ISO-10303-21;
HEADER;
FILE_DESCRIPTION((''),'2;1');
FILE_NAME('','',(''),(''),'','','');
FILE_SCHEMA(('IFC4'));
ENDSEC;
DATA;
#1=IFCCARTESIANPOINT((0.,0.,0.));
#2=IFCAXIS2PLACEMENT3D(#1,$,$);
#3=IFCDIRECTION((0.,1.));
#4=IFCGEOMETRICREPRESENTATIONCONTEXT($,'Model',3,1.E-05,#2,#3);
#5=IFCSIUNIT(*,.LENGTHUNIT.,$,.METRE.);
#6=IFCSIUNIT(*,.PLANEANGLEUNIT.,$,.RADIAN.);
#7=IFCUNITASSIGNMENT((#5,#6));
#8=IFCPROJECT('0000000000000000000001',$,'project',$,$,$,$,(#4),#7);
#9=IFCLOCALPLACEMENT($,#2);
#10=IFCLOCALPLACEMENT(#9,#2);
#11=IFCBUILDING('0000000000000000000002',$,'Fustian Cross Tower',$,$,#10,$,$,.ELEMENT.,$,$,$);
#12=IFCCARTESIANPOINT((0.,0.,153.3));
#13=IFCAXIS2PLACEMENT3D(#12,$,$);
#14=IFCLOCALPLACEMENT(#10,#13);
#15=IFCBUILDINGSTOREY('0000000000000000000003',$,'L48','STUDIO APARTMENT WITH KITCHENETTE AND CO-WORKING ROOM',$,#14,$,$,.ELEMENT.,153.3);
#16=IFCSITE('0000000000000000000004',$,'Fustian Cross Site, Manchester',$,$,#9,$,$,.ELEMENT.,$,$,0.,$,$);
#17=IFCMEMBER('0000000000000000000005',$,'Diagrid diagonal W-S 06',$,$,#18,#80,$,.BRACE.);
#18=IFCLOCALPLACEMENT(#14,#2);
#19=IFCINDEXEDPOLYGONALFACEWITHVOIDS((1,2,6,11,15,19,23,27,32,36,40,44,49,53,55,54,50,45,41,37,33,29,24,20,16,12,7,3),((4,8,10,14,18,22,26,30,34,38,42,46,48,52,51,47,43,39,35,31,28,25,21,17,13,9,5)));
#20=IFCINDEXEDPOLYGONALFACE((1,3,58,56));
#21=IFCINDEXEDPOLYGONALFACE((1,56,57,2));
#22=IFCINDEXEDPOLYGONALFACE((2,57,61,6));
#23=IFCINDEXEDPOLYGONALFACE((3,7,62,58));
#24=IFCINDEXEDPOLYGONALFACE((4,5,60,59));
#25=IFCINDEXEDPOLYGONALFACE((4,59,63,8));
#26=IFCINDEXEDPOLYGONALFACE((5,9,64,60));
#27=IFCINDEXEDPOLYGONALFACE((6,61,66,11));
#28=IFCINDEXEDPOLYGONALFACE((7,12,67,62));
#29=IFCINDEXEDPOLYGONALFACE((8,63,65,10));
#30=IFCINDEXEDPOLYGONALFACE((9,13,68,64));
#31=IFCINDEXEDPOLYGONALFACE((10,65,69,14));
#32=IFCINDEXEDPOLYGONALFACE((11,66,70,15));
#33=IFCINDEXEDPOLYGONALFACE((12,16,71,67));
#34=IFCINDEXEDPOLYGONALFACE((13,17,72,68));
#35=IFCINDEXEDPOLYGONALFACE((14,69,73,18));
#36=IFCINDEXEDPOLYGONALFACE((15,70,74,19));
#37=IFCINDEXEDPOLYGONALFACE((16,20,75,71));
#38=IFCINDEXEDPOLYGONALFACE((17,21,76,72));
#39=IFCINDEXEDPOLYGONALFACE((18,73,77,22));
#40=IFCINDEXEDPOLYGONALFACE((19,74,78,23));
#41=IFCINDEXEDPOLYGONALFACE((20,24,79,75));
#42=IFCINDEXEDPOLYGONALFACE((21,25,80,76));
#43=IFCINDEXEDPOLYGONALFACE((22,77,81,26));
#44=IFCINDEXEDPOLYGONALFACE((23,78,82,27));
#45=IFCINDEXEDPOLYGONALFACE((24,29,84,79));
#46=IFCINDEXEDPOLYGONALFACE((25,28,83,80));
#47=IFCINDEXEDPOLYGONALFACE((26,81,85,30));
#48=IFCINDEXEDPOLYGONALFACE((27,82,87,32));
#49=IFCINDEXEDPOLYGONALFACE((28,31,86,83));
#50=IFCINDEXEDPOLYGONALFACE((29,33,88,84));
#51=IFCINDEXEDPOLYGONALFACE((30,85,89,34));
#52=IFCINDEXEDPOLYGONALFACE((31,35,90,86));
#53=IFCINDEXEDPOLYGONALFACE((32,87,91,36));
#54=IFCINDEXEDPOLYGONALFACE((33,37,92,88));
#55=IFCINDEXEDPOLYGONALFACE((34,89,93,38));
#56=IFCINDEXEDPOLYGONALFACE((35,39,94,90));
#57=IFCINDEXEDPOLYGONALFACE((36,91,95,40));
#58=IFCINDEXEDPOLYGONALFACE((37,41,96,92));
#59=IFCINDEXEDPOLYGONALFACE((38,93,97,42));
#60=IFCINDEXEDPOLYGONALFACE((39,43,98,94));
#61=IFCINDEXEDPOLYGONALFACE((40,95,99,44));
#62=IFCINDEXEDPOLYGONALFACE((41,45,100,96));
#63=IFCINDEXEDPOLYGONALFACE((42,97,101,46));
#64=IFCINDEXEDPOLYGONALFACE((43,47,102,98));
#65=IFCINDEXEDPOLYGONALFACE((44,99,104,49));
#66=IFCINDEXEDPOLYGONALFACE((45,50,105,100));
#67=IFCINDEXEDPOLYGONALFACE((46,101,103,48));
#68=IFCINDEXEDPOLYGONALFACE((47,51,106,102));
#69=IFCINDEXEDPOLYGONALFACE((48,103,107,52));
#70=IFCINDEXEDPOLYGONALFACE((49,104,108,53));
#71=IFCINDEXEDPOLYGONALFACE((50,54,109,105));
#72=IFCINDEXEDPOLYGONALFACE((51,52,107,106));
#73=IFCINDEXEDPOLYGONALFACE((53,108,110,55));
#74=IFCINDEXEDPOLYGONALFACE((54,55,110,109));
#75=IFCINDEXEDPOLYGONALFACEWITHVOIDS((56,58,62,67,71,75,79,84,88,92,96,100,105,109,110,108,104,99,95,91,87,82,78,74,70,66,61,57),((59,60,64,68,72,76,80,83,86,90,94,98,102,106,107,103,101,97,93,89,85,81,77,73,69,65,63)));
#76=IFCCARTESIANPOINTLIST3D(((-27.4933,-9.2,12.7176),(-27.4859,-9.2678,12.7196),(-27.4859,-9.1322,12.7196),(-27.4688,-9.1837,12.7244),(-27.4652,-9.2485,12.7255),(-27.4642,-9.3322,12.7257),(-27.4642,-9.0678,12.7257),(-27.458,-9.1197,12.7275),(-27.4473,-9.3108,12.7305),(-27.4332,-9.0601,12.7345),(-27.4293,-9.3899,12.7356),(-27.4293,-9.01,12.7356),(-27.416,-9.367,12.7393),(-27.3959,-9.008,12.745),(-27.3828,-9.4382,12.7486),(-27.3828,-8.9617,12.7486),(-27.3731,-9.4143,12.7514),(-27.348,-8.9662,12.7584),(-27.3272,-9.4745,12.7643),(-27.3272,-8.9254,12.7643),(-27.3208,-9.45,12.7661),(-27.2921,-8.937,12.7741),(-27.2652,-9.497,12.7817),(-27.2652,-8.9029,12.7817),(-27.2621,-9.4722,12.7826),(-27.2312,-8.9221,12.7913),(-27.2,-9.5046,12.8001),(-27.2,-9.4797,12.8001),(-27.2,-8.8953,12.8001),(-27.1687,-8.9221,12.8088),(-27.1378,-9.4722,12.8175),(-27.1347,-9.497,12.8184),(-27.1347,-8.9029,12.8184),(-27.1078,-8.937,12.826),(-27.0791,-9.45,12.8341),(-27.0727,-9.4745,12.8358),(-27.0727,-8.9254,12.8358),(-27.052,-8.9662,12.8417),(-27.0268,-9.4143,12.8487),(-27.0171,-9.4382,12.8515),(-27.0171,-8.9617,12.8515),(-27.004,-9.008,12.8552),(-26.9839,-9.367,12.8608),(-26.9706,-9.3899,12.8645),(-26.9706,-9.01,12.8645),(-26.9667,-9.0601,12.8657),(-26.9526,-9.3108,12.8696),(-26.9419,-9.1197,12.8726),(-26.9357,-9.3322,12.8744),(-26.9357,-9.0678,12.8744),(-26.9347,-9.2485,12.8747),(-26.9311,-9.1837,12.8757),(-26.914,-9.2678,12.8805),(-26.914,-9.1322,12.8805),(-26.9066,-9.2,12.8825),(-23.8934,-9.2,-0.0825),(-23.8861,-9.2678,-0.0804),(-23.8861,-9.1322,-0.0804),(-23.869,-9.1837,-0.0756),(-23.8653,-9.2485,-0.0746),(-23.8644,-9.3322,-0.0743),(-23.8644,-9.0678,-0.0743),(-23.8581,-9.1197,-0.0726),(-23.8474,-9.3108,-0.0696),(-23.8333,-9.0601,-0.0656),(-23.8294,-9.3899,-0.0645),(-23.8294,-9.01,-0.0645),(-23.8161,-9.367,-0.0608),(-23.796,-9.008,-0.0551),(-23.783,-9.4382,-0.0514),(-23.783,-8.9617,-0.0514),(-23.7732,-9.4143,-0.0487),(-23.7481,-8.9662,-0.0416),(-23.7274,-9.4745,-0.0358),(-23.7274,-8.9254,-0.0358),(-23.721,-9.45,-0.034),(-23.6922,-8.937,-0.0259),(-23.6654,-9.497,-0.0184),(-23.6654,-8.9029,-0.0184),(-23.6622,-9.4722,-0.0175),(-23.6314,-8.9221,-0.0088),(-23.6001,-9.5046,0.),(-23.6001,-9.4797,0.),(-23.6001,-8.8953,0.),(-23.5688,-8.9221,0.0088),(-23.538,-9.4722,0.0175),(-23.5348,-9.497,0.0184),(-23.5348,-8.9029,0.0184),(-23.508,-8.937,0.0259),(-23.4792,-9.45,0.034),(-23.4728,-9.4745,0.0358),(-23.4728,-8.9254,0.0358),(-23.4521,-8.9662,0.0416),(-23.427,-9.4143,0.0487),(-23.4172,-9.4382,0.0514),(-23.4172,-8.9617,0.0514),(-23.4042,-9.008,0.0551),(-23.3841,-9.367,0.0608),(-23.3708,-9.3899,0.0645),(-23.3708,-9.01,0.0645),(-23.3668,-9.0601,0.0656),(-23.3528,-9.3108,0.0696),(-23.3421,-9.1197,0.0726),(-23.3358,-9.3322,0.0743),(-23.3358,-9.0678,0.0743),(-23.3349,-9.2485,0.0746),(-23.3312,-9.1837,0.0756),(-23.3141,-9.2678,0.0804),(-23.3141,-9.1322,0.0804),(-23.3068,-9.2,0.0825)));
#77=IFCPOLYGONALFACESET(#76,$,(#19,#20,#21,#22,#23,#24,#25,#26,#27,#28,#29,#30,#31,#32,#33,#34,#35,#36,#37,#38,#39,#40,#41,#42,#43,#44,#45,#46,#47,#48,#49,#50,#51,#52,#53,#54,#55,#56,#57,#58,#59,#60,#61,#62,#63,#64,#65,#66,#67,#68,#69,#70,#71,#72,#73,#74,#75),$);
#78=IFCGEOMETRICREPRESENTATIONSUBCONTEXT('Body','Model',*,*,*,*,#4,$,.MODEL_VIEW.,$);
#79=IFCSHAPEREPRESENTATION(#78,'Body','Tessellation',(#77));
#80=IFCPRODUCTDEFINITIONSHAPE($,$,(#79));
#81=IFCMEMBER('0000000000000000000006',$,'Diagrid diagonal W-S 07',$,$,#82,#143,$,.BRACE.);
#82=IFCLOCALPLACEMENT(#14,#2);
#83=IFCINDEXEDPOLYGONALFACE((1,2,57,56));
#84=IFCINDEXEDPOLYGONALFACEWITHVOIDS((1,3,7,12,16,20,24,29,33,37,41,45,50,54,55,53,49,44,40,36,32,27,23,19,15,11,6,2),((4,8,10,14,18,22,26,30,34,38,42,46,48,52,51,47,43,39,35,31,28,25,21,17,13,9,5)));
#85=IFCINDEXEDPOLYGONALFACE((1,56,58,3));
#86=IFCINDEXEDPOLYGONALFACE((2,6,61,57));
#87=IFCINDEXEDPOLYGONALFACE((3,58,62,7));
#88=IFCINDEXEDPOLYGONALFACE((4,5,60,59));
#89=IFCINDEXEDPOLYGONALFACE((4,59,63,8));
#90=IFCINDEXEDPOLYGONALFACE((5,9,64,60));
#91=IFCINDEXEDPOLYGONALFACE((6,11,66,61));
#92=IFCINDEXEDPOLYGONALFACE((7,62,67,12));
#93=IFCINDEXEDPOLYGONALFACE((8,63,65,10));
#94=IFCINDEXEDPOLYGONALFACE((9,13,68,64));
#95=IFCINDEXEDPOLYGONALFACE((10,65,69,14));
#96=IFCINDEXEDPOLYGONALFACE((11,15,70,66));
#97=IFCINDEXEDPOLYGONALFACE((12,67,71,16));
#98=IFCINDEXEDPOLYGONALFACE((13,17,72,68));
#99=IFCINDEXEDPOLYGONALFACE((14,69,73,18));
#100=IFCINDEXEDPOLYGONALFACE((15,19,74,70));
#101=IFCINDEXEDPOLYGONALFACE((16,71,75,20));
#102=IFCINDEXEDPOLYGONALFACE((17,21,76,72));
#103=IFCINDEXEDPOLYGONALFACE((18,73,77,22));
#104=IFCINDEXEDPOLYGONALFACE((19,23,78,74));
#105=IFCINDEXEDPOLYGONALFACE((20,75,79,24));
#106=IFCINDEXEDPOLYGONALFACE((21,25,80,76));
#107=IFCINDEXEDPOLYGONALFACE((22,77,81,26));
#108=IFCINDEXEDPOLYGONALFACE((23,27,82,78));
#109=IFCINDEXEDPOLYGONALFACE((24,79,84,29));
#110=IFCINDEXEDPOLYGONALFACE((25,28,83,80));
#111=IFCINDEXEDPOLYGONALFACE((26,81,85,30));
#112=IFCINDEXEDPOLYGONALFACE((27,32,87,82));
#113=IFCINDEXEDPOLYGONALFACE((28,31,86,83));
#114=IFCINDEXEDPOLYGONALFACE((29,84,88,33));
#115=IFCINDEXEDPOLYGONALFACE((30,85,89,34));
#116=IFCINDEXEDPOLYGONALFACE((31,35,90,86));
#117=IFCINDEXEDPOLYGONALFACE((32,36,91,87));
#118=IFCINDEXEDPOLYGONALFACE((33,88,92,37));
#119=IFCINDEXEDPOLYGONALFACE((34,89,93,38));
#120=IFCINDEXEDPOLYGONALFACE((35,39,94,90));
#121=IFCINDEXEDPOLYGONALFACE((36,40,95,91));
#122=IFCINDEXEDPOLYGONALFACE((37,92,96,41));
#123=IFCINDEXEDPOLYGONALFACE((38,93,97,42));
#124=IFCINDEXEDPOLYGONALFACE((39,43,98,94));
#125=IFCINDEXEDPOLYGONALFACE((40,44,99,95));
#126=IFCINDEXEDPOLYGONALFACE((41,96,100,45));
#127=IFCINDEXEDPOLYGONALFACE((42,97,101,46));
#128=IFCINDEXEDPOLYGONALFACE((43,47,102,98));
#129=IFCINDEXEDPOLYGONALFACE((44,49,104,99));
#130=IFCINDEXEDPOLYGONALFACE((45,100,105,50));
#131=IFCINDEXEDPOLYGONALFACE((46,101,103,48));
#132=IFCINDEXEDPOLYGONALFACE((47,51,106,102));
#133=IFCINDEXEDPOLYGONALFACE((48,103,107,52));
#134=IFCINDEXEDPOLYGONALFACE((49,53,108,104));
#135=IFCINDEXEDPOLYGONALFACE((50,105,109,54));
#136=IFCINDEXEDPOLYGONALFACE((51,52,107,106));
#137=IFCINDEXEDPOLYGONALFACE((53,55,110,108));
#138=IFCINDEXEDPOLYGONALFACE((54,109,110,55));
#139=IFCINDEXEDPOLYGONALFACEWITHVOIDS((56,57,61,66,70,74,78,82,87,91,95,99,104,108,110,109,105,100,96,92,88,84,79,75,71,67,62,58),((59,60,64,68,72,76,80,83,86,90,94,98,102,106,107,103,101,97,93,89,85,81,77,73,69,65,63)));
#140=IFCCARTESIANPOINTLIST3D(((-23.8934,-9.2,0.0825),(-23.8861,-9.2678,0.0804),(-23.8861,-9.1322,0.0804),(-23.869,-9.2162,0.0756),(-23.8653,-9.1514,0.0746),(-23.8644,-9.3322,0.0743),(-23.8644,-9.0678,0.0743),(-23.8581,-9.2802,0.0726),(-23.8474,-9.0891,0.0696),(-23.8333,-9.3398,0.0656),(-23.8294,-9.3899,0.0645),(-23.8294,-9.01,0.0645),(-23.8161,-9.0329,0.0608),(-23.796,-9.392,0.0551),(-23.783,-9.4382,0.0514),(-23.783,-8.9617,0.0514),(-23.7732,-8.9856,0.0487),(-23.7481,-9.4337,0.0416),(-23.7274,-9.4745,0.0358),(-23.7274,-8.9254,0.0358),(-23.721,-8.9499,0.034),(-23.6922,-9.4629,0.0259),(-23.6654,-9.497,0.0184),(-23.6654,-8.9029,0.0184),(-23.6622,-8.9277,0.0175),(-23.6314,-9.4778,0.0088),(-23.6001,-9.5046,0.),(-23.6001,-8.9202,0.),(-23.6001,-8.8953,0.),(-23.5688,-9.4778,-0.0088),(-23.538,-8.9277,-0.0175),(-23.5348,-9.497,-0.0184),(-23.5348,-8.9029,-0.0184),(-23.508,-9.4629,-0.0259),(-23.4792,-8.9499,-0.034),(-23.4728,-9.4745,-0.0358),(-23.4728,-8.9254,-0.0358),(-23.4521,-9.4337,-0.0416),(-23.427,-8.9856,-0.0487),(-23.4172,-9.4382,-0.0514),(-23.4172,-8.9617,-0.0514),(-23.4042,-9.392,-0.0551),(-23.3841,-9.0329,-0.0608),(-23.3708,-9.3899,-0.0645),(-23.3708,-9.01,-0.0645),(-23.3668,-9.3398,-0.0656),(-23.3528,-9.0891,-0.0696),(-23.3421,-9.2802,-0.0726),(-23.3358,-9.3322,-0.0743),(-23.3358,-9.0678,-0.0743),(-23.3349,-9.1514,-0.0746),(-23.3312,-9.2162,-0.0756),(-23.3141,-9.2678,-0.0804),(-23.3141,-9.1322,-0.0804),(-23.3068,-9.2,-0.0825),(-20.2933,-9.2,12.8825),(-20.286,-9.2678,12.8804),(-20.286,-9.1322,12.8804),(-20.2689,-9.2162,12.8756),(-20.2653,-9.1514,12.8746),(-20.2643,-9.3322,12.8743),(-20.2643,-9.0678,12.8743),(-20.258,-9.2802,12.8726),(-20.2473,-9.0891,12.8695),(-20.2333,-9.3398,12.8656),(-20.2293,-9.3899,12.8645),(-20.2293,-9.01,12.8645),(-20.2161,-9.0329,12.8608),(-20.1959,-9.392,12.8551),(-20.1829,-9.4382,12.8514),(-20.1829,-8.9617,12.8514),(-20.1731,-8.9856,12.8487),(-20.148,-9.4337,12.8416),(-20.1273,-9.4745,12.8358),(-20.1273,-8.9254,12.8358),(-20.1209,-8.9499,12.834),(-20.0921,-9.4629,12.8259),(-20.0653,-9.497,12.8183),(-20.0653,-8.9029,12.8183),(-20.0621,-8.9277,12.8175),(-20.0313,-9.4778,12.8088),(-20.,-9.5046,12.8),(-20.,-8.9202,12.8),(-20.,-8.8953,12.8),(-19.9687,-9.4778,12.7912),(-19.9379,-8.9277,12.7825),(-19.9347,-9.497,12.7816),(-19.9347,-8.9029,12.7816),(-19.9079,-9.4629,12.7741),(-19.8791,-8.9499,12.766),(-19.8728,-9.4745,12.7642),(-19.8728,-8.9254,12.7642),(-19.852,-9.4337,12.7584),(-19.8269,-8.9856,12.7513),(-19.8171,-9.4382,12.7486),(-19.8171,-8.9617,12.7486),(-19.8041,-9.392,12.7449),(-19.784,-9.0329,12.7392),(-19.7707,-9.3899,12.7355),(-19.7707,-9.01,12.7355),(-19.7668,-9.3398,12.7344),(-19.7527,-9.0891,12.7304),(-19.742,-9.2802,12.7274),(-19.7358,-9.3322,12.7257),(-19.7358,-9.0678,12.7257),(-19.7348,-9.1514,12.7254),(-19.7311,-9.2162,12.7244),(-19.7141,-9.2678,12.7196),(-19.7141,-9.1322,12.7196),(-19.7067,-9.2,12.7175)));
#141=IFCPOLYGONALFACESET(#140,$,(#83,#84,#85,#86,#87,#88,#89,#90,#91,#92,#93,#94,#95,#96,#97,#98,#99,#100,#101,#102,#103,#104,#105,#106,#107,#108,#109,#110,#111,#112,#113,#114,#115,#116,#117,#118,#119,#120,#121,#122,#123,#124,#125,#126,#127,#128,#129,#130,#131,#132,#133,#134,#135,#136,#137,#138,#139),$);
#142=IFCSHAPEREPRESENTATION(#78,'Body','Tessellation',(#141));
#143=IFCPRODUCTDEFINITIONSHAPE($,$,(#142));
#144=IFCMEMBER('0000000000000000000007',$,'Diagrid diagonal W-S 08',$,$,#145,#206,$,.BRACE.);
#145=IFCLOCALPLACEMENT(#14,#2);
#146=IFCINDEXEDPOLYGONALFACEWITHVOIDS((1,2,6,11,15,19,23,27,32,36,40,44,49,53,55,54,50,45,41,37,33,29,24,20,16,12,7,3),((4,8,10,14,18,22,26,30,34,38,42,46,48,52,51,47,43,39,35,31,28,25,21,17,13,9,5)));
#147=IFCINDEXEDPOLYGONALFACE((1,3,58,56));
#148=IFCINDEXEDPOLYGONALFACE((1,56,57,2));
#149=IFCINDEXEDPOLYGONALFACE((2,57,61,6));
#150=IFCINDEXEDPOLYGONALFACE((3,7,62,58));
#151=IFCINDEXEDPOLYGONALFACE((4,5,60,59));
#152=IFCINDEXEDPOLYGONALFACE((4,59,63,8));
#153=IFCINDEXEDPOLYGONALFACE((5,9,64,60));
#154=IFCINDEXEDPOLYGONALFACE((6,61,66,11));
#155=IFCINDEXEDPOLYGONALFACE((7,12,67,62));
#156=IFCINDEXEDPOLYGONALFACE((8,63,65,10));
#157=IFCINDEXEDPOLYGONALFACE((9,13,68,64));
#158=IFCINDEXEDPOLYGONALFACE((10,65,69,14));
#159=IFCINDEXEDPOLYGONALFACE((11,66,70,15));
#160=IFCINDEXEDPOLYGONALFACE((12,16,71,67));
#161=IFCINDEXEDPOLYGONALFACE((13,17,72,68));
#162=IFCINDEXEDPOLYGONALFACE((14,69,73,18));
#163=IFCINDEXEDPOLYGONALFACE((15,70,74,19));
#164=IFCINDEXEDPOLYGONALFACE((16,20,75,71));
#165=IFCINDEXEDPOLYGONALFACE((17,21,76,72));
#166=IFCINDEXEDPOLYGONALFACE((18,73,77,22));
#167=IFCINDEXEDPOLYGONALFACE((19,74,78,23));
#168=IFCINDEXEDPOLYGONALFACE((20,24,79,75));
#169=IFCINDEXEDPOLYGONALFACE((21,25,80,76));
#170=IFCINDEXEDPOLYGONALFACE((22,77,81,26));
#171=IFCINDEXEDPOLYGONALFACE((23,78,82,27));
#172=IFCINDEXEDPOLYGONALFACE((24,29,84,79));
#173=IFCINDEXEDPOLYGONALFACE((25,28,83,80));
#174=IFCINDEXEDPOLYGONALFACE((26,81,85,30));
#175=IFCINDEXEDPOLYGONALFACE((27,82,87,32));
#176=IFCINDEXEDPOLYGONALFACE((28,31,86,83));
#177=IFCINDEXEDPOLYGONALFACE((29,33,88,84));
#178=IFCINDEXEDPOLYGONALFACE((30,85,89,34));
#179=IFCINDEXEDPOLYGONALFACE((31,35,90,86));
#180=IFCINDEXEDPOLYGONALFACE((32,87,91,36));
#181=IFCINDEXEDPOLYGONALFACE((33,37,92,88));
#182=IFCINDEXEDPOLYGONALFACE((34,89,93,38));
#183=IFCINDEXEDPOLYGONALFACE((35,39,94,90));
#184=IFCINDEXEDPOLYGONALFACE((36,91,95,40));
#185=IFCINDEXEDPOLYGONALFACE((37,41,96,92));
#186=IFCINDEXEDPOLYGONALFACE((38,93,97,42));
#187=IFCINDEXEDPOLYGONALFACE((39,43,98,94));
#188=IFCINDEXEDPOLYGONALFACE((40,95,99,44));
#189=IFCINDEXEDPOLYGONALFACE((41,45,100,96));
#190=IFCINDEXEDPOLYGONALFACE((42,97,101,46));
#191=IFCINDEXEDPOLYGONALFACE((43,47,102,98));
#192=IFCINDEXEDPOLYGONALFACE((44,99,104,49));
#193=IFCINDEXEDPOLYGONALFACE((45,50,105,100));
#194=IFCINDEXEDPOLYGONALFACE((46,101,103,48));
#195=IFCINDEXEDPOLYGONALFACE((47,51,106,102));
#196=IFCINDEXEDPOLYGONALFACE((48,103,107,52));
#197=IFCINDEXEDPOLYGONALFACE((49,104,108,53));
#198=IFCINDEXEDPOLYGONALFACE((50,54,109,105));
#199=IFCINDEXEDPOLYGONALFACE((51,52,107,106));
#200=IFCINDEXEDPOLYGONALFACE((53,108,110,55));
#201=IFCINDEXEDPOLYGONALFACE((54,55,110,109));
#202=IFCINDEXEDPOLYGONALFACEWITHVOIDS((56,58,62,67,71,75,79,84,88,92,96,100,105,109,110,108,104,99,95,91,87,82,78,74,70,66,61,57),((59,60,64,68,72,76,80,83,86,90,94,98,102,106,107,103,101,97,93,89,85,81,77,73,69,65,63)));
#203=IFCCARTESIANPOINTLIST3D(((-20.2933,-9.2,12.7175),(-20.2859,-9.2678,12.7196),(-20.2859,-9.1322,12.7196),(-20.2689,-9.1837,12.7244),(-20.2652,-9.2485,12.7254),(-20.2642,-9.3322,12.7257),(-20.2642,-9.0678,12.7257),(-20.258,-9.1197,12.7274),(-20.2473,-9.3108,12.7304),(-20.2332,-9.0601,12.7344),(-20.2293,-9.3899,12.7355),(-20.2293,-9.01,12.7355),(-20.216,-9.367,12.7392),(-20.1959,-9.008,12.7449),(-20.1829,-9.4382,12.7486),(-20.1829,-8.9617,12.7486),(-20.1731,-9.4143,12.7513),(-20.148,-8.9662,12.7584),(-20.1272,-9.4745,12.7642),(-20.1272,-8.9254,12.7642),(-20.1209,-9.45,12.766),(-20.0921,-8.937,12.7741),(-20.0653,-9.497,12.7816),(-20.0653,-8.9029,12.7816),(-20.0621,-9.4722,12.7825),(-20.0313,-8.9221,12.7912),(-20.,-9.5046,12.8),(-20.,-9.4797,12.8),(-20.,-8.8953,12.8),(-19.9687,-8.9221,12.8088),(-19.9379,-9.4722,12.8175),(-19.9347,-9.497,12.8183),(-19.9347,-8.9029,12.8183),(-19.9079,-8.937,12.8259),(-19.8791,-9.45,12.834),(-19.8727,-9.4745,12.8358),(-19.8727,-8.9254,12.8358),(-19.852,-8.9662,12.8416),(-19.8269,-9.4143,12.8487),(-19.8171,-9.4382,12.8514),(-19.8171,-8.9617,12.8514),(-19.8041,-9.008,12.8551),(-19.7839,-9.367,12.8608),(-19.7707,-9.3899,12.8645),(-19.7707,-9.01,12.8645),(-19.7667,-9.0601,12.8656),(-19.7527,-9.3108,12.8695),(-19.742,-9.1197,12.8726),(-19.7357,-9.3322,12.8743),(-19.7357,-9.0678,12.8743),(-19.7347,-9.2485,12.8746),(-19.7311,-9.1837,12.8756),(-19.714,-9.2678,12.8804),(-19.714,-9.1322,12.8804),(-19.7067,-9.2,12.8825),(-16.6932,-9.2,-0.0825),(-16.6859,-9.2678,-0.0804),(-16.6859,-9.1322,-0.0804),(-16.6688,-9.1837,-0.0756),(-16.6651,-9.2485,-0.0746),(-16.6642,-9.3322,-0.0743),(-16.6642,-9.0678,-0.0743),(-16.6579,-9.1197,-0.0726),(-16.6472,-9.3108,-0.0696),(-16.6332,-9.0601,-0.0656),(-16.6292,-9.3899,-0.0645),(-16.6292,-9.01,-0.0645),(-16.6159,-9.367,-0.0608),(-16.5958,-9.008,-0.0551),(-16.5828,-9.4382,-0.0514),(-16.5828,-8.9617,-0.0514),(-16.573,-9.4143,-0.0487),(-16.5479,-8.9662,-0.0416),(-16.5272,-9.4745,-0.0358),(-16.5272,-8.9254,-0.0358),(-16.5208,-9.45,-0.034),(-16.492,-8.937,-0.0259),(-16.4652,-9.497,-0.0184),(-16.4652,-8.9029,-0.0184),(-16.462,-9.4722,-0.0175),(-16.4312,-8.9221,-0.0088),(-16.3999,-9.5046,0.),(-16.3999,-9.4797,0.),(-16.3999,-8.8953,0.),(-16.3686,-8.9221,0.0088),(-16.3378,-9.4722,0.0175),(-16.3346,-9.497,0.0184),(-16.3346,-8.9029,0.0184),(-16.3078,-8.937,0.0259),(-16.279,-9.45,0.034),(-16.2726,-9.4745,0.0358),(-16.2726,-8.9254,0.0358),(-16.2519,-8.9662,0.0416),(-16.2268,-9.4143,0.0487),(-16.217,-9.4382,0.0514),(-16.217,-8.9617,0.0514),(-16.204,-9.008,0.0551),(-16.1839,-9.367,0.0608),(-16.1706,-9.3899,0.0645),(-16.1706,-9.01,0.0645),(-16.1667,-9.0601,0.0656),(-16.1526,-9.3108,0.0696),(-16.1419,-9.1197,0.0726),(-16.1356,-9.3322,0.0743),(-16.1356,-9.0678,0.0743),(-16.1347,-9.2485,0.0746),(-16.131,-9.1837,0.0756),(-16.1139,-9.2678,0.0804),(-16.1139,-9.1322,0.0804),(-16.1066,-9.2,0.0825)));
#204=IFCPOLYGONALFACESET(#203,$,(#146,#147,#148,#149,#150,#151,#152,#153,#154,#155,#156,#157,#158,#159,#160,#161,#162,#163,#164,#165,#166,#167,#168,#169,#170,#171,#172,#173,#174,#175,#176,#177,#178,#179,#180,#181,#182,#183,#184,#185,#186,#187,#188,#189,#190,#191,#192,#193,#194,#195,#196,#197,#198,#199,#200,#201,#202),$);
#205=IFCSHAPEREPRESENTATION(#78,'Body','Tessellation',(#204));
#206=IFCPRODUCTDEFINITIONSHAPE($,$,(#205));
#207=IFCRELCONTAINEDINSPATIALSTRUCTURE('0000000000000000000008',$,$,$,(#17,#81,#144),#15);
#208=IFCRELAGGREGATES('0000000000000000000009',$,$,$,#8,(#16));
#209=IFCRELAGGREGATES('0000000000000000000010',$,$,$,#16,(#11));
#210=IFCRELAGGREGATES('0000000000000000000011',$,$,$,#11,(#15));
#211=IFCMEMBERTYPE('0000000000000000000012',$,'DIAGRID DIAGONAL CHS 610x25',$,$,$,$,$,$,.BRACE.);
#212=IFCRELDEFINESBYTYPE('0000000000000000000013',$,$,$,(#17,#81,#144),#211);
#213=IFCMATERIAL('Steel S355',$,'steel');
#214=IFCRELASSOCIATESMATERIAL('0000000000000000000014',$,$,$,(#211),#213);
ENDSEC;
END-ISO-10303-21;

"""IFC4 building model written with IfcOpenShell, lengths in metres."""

from ifc_helpers import new_model, si_unit, direction, frame, origin, origin_2d, place, context, subcontext, project, spatial, hollow_circle, extrude, material, material_profile, profile_set, type_object, element, save


model = new_model("IFC4")

# Units and contexts
model_context = context("Model", 3, precision=1e-05, world=origin(), true_north=direction((0.0, 1.0)))
body_context = subcontext(model_context, "Body", "Model", "MODEL_VIEW")
ifc_project = project(units=[si_unit("LENGTHUNIT", "METRE"), si_unit("PLANEANGLEUNIT", "RADIAN")], contexts=[model_context])

# Site, building, storey
site_placement = place(None, origin())
site = spatial("IfcSite", under=ifc_project, at=site_placement, Name="Fustian Cross Site, Manchester", CompositionType="ELEMENT", RefElevation=0.0)
building_placement = place(site_placement, origin())
building = spatial("IfcBuilding", under=site, at=building_placement, Name="Fustian Cross Tower", CompositionType="ELEMENT")
storey_placement = place(building_placement, frame((0.0, 0.0, 153.3)))
storey = spatial("IfcBuildingStorey", under=building, at=storey_placement, Name="L48", Description="STUDIO APARTMENT WITH KITCHENETTE AND CO-WORKING ROOM", CompositionType="ELEMENT", Elevation=153.3)

# Members
ifc_material_1 = material(Name="Steel S355", Category="steel")
ifc_material_profile_1 = material_profile(ifc_material_1, hollow_circle(Radius=0.3047, WallThickness=0.0249, at=origin_2d()), Name="CHS 610x25")
ifc_profile_set_1 = profile_set([ifc_material_profile_1], Name="Steel S355")
member_type = type_object("IfcMemberType", Name="DIAGRID DIAGONAL CHS 610x25", PredefinedType="BRACE", material=ifc_profile_set_1)
for number, where, z_axis, x_axis, name in (
    (1, (-23.6001, -9.2, 0.0), (-0.270734, 0.0, 0.962654), (0.0, -1.0, 0.0), "Diagrid diagonal W-S 06"),
    (2, (-23.6001, -9.2, 0.0), (0.270751, 0.0, 0.962649), (0.0, 1.0, 0.0), "Diagrid diagonal W-S 07"),
    (3, (-16.3999, -9.2, 0.0), (-0.270751, 0.0, 0.962649), (0.0, -1.0, 0.0), "Diagrid diagonal W-S 08"),
):
    element("IfcMember", number, at=place(storey_placement, frame(where, z_axis=z_axis, x_axis=x_axis)), inside=storey, type_object=member_type, Name=name, PredefinedType="BRACE", context=body_context, shape_type="SweptSolid", body=[
        extrude(hollow_circle(Radius=0.3047, WallThickness=0.0249, at=origin_2d()), origin(), (0.0, 0.0, 1.0), 13.2966),
    ])

save(model, "model.ifc")
